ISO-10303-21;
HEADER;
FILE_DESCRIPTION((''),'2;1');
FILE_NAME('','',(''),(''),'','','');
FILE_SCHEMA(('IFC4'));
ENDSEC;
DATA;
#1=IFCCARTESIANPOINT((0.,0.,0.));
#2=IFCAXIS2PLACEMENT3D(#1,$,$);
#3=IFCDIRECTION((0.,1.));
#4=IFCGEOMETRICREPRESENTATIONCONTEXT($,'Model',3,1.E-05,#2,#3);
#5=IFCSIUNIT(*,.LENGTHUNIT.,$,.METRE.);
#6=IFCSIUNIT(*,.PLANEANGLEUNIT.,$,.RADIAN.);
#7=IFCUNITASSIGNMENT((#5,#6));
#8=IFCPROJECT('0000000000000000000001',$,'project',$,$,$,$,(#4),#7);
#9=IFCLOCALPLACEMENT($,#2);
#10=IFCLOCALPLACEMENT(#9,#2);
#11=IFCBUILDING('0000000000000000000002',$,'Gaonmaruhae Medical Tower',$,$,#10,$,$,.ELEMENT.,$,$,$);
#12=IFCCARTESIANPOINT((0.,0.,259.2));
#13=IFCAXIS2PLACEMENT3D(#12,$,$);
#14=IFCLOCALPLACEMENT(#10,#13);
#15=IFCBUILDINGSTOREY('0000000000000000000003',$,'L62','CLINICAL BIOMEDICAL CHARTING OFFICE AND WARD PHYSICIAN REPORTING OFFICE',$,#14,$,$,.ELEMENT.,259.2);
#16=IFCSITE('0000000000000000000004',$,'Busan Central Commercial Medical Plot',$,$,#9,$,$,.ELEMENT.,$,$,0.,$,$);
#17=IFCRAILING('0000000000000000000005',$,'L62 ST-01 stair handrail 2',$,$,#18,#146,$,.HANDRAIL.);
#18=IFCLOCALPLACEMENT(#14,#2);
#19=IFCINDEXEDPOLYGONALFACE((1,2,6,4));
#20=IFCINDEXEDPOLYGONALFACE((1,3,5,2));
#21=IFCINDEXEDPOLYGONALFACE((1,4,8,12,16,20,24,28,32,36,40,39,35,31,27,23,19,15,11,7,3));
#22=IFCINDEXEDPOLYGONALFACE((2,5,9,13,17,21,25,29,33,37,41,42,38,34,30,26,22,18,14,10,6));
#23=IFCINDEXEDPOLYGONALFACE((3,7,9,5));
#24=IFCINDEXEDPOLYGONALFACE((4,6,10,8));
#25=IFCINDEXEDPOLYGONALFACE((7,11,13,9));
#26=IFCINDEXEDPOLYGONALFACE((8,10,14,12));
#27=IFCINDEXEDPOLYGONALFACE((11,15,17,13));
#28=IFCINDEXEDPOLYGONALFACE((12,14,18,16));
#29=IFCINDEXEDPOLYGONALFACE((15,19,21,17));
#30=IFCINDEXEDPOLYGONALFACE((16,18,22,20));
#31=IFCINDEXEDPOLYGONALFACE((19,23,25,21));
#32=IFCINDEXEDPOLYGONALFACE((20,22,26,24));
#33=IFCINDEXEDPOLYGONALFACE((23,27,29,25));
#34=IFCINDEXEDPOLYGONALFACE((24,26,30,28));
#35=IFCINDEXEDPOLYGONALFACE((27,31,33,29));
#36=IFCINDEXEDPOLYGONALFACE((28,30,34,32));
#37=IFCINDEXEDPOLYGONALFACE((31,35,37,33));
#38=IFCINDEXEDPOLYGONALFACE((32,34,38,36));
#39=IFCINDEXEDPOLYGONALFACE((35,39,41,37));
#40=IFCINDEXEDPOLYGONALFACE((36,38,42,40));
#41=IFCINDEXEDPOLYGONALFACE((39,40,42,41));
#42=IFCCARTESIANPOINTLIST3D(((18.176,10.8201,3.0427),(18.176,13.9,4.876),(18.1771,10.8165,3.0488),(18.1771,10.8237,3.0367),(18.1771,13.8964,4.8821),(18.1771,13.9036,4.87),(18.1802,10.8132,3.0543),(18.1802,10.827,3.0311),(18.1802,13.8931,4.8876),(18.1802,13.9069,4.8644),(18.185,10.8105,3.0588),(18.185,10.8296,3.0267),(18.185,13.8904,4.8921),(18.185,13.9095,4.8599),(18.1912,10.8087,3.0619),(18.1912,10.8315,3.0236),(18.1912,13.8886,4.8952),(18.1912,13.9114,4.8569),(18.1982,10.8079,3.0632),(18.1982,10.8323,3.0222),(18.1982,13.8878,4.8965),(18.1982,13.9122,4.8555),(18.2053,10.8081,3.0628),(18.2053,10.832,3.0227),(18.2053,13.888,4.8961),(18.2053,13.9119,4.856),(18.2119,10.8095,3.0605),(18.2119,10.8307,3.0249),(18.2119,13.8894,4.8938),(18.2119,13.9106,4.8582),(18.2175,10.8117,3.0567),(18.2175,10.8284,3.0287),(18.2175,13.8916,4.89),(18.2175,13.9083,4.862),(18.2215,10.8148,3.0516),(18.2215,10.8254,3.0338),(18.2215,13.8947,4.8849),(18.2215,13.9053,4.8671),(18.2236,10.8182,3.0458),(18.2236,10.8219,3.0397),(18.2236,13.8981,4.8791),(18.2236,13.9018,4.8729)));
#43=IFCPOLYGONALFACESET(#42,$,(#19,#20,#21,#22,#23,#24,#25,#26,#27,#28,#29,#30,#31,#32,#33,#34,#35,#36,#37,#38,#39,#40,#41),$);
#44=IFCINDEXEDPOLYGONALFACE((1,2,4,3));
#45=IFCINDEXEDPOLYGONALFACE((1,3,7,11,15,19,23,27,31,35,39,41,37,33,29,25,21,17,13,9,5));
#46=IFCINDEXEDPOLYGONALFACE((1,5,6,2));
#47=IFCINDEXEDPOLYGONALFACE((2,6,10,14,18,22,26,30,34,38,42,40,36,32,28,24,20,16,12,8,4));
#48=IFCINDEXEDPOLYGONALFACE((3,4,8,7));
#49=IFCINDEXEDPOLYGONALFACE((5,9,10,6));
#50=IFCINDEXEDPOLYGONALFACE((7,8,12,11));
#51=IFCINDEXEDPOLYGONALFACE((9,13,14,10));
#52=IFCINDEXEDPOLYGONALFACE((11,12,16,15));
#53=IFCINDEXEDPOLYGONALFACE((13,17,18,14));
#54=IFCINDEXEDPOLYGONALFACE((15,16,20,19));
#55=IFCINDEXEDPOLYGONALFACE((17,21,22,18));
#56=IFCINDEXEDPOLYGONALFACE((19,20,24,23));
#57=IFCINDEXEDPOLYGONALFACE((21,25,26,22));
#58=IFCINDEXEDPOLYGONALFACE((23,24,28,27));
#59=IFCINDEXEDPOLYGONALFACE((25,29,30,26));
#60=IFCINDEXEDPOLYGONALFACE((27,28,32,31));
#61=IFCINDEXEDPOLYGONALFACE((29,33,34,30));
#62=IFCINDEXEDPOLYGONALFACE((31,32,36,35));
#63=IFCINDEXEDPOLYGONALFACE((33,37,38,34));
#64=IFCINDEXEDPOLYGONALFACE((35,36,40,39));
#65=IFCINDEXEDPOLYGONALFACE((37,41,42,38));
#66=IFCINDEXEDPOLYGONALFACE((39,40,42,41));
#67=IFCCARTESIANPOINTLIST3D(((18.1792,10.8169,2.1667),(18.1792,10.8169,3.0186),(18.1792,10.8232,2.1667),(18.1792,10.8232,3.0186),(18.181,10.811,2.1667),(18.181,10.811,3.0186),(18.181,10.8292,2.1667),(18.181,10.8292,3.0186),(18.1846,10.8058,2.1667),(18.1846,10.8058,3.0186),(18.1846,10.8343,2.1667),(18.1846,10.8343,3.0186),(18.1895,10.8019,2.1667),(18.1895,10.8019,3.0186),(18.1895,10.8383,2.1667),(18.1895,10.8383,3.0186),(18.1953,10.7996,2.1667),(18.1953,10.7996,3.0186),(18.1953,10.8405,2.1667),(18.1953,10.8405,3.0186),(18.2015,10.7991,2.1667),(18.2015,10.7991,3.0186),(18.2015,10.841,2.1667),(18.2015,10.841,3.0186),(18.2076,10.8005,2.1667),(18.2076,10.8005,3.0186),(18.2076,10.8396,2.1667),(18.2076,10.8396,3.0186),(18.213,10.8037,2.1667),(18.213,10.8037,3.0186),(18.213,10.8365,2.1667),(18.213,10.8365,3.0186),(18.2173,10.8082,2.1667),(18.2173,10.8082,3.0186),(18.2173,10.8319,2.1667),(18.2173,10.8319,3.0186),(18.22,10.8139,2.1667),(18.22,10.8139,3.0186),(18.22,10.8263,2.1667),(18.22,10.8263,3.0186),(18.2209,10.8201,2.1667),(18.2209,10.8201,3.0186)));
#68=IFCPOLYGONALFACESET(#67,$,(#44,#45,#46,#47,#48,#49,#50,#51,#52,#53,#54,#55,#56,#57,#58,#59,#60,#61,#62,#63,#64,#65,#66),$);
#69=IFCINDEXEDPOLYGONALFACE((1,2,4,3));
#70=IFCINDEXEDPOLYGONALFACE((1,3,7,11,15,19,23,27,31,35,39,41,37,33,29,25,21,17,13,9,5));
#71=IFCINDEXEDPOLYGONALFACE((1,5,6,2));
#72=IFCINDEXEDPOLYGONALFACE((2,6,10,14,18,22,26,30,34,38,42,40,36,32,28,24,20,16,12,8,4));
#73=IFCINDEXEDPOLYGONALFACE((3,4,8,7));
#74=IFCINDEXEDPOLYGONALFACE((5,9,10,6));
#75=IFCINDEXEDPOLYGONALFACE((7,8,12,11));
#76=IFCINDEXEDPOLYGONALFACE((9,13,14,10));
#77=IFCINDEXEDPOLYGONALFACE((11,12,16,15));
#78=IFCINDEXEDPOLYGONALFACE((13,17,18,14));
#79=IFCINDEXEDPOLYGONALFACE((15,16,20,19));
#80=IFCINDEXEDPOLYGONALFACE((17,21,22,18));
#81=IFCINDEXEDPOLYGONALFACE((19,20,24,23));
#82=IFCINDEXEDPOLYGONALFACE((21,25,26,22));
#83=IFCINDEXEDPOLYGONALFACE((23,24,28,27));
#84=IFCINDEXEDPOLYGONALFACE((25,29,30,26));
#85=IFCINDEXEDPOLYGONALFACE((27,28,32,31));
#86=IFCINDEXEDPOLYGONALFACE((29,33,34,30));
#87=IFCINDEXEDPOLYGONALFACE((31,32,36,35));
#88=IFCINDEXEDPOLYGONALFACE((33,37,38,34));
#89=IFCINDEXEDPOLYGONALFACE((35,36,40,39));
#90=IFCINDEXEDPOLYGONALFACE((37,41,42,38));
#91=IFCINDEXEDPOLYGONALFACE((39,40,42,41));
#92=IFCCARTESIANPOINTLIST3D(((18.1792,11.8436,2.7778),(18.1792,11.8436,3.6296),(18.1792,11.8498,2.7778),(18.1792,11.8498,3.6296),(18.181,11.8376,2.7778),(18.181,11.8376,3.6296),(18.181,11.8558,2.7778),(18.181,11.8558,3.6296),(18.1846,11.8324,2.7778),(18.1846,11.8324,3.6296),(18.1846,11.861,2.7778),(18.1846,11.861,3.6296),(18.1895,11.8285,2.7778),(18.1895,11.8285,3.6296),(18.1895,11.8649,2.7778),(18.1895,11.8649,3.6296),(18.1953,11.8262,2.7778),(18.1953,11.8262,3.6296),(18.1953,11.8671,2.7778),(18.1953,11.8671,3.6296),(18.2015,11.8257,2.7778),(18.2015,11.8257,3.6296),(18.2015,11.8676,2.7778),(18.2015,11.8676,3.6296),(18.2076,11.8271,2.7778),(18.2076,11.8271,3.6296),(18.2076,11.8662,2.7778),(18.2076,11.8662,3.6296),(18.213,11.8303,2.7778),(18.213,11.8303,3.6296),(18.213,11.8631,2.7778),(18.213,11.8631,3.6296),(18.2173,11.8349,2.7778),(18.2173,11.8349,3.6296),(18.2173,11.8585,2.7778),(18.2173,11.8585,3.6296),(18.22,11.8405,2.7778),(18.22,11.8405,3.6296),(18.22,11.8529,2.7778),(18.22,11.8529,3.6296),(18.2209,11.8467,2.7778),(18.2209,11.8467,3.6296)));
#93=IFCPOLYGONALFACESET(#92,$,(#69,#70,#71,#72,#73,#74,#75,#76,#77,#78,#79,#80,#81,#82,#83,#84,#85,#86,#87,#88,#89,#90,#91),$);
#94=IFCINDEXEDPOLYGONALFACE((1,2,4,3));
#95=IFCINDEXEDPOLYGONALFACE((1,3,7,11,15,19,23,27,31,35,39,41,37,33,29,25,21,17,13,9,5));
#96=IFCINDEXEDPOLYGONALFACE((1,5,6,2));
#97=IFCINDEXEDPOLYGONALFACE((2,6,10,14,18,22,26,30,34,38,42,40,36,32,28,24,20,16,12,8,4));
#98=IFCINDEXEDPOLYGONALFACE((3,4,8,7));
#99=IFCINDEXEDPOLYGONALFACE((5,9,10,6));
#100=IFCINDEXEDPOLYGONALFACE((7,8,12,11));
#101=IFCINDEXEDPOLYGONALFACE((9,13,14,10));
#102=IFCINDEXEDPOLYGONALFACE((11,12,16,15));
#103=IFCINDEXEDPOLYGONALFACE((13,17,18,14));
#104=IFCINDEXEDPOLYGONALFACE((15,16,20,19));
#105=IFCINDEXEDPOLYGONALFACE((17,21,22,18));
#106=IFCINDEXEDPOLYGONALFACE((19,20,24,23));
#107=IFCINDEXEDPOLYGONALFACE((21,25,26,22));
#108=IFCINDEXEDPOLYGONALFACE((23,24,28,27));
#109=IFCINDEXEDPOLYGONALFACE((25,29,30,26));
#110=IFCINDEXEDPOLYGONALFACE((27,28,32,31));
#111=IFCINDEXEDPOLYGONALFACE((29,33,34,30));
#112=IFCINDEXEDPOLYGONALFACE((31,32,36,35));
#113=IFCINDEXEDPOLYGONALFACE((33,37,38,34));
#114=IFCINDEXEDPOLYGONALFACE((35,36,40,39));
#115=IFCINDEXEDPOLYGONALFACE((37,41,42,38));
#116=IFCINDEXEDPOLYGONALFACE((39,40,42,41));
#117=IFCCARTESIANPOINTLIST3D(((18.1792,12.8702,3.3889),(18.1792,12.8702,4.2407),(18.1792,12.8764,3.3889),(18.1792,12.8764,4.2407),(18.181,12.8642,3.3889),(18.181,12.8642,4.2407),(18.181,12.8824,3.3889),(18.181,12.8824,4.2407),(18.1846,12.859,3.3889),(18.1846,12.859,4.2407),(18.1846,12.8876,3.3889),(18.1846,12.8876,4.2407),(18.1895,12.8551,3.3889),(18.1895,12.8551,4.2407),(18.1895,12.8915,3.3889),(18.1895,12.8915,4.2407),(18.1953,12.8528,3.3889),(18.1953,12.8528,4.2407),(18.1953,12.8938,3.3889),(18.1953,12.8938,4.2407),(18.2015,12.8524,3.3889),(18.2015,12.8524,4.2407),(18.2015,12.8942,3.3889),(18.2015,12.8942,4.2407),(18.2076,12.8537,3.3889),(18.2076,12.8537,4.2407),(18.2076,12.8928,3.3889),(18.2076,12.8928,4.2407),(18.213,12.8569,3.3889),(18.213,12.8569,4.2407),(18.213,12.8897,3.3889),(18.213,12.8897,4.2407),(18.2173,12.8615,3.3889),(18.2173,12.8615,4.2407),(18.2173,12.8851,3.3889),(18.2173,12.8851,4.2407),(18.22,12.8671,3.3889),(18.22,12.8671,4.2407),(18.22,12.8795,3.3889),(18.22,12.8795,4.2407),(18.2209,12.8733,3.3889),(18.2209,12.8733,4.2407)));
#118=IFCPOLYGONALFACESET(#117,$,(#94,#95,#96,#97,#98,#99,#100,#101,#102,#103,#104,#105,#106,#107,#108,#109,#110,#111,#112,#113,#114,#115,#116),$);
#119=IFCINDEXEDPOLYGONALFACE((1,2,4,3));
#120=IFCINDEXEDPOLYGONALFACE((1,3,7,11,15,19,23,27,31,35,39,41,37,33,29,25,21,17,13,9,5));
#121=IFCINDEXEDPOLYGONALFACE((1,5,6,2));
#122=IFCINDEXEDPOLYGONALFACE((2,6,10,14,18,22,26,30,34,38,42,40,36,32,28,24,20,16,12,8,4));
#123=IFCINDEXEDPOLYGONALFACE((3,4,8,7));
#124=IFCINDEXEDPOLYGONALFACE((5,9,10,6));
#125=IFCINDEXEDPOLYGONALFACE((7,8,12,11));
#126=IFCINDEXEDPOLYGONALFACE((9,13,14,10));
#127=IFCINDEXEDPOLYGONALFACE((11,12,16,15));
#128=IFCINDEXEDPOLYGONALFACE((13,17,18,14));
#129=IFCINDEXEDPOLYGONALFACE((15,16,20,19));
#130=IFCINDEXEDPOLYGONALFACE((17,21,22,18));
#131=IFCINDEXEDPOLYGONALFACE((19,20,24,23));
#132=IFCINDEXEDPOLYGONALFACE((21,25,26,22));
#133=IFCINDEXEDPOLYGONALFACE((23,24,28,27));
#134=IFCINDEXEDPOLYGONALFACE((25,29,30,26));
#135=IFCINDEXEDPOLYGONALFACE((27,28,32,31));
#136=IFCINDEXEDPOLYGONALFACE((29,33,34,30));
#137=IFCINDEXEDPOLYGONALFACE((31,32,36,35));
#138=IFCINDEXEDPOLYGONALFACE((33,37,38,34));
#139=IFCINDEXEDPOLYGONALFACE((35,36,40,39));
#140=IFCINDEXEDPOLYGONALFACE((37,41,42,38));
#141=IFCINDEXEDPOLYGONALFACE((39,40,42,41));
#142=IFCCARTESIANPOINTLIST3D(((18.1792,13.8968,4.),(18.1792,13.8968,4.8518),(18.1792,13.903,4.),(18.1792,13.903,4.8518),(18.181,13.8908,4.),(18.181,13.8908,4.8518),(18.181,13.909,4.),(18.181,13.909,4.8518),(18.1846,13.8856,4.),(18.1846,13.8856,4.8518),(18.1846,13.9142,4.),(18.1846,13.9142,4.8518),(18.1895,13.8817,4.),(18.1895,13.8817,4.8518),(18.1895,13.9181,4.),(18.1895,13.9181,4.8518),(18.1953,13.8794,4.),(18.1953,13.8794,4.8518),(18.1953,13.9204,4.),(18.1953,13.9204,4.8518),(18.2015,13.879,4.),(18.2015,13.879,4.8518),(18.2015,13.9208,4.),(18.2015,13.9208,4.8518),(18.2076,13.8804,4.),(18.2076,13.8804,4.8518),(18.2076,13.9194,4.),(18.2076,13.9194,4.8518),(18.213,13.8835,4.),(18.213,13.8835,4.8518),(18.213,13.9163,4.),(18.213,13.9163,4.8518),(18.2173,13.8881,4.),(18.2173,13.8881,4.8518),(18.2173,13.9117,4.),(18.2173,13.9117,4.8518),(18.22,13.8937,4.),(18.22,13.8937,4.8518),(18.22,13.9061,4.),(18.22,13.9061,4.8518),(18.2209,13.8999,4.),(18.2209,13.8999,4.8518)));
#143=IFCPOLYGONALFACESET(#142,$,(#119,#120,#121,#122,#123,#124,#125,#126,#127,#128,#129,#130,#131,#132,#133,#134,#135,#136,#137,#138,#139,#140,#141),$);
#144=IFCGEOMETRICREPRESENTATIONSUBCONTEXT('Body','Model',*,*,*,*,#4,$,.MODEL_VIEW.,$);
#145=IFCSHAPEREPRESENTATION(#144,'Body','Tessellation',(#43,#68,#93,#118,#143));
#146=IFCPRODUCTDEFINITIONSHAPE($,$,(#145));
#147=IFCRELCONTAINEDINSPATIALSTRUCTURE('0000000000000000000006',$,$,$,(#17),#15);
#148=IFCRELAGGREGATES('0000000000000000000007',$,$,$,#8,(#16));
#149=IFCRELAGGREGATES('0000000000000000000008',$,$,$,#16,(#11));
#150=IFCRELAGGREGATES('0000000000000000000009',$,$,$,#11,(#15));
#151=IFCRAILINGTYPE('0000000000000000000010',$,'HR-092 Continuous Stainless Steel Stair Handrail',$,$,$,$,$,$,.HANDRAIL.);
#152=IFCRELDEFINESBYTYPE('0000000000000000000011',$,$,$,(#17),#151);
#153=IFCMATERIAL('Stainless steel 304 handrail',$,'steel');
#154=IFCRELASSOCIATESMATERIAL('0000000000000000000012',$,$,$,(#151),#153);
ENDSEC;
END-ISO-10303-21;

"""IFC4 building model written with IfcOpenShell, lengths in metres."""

from ifc_helpers import new_model, si_unit, direction, frame, origin, origin_2d, place, context, subcontext, project, spatial, circle, extrude, material, type_object, element, save


model = new_model("IFC4")

# Units and contexts
model_context = context("Model", 3, precision=1e-05, world=origin(), true_north=direction((0.0, 1.0)))
body_context = subcontext(model_context, "Body", "Model", "MODEL_VIEW")
ifc_project = project(units=[si_unit("LENGTHUNIT", "METRE"), si_unit("PLANEANGLEUNIT", "RADIAN")], contexts=[model_context])

# Site, building, storey
site_placement = place(None, origin())
site = spatial("IfcSite", under=ifc_project, at=site_placement, Name="Busan Central Commercial Medical Plot", CompositionType="ELEMENT", RefElevation=0.0)
building_placement = place(site_placement, origin())
building = spatial("IfcBuilding", under=site, at=building_placement, Name="Gaonmaruhae Medical Tower", CompositionType="ELEMENT")
storey_placement = place(building_placement, frame((0.0, 0.0, 259.2)))
storey = spatial("IfcBuildingStorey", under=building, at=storey_placement, Name="L62", Description="CLINICAL BIOMEDICAL CHARTING OFFICE AND WARD PHYSICIAN REPORTING OFFICE", CompositionType="ELEMENT", Elevation=259.2)

# Railing
ifc_material_1 = material(Name="Stainless steel 304 handrail", Category="steel")
railing_type_1 = type_object("IfcRailingType", Name="HR-092 Continuous Stainless Steel Stair Handrail", PredefinedType="HANDRAIL", material=ifc_material_1)
railing_1_placement = place(storey_placement, frame((18.2, 10.8201, 2.1667)))
element("IfcRailing", 1, at=railing_1_placement, inside=storey, type_object=railing_type_1, Name="L62 ST-01 stair handrail 2", PredefinedType="HANDRAIL", context=body_context, shape_type="SweptSolid", body=[
    extrude(circle(Radius=0.0239, at=origin_2d()), frame((0.0, 0.0, 0.876), z_axis=(0.0, 0.859291, 0.511487), x_axis=(-1.0, 0.0, 0.0)), (0.0, 0.0, 1.0), 3.5842),
    extrude(circle(Radius=0.021, at=origin_2d()), origin(), (0.0, 0.0, 1.0), 0.8518),
    extrude(circle(Radius=0.021, at=origin_2d()), frame((0.0, 1.0266, 0.6111)), (0.0, 0.0, 1.0), 0.8518),
    extrude(circle(Radius=0.021, at=origin_2d()), frame((0.0, 2.0532, 1.2222)), (0.0, 0.0, 1.0), 0.8518),
    extrude(circle(Radius=0.021, at=origin_2d()), frame((0.0, 3.0798, 1.8333)), (0.0, 0.0, 1.0), 0.8518),
])

save(model, "model.ifc")
